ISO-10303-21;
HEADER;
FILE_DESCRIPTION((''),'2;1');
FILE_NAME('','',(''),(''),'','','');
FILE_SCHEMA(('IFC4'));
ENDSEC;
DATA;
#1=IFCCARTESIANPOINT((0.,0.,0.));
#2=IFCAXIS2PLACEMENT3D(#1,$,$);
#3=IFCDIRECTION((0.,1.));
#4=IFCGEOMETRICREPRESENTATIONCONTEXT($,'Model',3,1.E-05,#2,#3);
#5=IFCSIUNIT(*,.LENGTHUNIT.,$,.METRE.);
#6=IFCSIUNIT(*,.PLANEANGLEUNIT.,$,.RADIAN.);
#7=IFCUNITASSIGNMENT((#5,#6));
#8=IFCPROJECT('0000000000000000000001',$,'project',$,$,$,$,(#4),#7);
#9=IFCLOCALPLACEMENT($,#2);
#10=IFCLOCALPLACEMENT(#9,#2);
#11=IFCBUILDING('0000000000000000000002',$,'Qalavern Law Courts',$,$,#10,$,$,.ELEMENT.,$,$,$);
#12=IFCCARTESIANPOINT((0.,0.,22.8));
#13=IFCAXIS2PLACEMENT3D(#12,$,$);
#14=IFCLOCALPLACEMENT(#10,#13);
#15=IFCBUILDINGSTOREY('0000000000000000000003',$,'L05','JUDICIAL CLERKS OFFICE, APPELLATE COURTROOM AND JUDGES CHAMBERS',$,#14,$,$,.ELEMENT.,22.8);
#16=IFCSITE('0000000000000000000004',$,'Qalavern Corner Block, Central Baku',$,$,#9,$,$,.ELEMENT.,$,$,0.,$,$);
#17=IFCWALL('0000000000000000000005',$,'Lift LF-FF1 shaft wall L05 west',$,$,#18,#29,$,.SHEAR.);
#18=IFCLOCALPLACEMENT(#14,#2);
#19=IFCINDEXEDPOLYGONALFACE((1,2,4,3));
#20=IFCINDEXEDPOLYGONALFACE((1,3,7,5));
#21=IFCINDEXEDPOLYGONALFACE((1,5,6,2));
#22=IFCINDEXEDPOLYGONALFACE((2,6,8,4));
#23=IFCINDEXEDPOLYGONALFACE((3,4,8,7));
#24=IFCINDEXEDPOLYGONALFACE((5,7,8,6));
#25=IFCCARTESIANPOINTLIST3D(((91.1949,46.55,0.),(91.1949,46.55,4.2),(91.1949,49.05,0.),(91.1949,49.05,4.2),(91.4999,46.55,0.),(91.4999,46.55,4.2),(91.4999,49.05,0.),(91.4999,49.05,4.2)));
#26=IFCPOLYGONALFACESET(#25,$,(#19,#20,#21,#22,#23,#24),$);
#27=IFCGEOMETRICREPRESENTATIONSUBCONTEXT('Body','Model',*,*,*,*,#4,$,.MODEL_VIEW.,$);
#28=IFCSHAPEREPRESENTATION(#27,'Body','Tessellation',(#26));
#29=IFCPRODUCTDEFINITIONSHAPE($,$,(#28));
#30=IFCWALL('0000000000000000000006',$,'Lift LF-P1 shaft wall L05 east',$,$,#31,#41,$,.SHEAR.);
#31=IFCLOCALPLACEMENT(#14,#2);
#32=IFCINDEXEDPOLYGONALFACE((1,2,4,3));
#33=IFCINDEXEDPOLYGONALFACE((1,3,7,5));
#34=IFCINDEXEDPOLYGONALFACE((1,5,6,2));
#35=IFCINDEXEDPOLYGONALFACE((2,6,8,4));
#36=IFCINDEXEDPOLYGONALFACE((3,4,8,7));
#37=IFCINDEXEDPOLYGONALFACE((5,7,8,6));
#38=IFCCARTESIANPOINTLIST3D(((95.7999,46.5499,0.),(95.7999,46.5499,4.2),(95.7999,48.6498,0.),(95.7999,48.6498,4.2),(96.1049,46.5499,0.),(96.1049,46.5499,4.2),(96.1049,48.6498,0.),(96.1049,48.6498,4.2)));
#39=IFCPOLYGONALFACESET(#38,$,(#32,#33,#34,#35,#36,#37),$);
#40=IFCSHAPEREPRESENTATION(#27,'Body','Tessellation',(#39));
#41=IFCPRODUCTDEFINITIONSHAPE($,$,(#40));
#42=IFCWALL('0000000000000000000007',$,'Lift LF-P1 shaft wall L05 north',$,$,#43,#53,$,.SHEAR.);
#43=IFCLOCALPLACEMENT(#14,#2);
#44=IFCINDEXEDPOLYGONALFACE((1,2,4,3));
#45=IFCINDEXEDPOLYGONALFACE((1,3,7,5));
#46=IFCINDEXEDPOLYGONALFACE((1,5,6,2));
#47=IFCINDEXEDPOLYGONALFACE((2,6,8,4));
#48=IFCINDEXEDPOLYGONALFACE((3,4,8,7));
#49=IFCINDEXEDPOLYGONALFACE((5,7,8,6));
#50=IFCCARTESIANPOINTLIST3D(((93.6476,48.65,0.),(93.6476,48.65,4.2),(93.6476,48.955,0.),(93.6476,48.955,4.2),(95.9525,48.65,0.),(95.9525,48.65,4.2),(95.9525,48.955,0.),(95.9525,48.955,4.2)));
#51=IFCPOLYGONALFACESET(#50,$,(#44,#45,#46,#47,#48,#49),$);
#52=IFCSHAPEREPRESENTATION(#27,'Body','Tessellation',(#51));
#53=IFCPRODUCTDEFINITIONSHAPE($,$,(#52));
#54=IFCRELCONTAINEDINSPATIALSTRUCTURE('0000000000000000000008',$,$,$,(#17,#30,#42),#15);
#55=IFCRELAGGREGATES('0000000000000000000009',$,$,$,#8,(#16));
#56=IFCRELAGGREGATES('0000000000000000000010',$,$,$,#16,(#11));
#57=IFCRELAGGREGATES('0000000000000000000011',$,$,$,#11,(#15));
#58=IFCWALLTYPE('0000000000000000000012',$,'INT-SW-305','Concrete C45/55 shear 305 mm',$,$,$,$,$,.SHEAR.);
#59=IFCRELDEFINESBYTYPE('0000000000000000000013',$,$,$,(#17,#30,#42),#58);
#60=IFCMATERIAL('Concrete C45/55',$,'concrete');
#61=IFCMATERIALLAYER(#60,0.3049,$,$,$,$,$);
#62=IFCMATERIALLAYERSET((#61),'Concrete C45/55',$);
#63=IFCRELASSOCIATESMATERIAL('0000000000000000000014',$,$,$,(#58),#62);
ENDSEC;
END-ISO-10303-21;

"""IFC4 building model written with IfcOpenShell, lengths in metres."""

from ifc_helpers import new_model, si_unit, direction, frame, frame_2d, origin, place, context, subcontext, project, spatial, rectangle, extrude, material, layer, layer_set, type_object, element, save


model = new_model("IFC4")

# Units and contexts
model_context = context("Model", 3, precision=1e-05, world=origin(), true_north=direction((0.0, 1.0)))
body_context = subcontext(model_context, "Body", "Model", "MODEL_VIEW")
ifc_project = project(units=[si_unit("LENGTHUNIT", "METRE"), si_unit("PLANEANGLEUNIT", "RADIAN")], contexts=[model_context])

# Site, building, storey
site_placement = place(None, origin())
site = spatial("IfcSite", under=ifc_project, at=site_placement, Name="Qalavern Corner Block, Central Baku", CompositionType="ELEMENT", RefElevation=0.0)
building_placement = place(site_placement, origin())
building = spatial("IfcBuilding", under=site, at=building_placement, Name="Qalavern Law Courts", CompositionType="ELEMENT")
storey_placement = place(building_placement, frame((0.0, 0.0, 22.8)))
storey = spatial("IfcBuildingStorey", under=building, at=storey_placement, Name="L05", Description="JUDICIAL CLERKS OFFICE, APPELLATE COURTROOM AND JUDGES CHAMBERS", CompositionType="ELEMENT", Elevation=22.8)

# Shared definitions
ifc_material_1 = material(Name="Concrete C45/55", Category="concrete")

# Shared definitions
ifc_layer_1 = layer(ifc_material_1, 0.3049)
ifc_layer_set_1 = layer_set([ifc_layer_1], Name="Concrete C45/55")
wall_type_1 = type_object("IfcWallType", Name="INT-SW-305", Description="Concrete C45/55 shear 305 mm", PredefinedType="SHEAR", material=ifc_layer_set_1)

# Wall
wall_1_placement = place(storey_placement, frame((91.3474, 49.05, 0.0), z_axis=(0.0, 0.0, 1.0), x_axis=(0.0, -1.0, 0.0)))
element("IfcWall", 1, at=wall_1_placement, inside=storey, type_object=wall_type_1, Name="Lift LF-FF1 shaft wall L05 west", PredefinedType="SHEAR", context=body_context, shape_type="SweptSolid", body=[
    extrude(rectangle(XDim=2.5, YDim=0.3049, at=frame_2d((1.25, 0.0))), origin(), (0.0, 0.0, 1.0), 4.2),
])

# Walls
wall_2_placement = place(storey_placement, frame((95.9524, 46.55, 0.0), z_axis=(0.0, 0.0, 1.0), x_axis=(0.0, 1.0, 0.0)))
element("IfcWall", 2, at=wall_2_placement, inside=storey, type_object=wall_type_1, Name="Lift LF-P1 shaft wall L05 east", PredefinedType="SHEAR", context=body_context, shape_type="SweptSolid", body=[
    extrude(rectangle(XDim=2.0999, YDim=0.3049, at=frame_2d((1.0498, 0.0))), origin(), (0.0, 0.0, 1.0), 4.2),
])
wall_3_placement = place(storey_placement, frame((95.9524, 48.8025, 0.0), z_axis=(0.0, 0.0, 1.0), x_axis=(-1.0, 0.0, 0.0)))
element("IfcWall", 3, at=wall_3_placement, inside=storey, type_object=wall_type_1, Name="Lift LF-P1 shaft wall L05 north", PredefinedType="SHEAR", context=body_context, shape_type="SweptSolid", body=[
    extrude(rectangle(XDim=2.3049, YDim=0.3049, at=frame_2d((1.1523, 0.0))), origin(), (0.0, 0.0, 1.0), 4.2),
])

save(model, "model.ifc")
